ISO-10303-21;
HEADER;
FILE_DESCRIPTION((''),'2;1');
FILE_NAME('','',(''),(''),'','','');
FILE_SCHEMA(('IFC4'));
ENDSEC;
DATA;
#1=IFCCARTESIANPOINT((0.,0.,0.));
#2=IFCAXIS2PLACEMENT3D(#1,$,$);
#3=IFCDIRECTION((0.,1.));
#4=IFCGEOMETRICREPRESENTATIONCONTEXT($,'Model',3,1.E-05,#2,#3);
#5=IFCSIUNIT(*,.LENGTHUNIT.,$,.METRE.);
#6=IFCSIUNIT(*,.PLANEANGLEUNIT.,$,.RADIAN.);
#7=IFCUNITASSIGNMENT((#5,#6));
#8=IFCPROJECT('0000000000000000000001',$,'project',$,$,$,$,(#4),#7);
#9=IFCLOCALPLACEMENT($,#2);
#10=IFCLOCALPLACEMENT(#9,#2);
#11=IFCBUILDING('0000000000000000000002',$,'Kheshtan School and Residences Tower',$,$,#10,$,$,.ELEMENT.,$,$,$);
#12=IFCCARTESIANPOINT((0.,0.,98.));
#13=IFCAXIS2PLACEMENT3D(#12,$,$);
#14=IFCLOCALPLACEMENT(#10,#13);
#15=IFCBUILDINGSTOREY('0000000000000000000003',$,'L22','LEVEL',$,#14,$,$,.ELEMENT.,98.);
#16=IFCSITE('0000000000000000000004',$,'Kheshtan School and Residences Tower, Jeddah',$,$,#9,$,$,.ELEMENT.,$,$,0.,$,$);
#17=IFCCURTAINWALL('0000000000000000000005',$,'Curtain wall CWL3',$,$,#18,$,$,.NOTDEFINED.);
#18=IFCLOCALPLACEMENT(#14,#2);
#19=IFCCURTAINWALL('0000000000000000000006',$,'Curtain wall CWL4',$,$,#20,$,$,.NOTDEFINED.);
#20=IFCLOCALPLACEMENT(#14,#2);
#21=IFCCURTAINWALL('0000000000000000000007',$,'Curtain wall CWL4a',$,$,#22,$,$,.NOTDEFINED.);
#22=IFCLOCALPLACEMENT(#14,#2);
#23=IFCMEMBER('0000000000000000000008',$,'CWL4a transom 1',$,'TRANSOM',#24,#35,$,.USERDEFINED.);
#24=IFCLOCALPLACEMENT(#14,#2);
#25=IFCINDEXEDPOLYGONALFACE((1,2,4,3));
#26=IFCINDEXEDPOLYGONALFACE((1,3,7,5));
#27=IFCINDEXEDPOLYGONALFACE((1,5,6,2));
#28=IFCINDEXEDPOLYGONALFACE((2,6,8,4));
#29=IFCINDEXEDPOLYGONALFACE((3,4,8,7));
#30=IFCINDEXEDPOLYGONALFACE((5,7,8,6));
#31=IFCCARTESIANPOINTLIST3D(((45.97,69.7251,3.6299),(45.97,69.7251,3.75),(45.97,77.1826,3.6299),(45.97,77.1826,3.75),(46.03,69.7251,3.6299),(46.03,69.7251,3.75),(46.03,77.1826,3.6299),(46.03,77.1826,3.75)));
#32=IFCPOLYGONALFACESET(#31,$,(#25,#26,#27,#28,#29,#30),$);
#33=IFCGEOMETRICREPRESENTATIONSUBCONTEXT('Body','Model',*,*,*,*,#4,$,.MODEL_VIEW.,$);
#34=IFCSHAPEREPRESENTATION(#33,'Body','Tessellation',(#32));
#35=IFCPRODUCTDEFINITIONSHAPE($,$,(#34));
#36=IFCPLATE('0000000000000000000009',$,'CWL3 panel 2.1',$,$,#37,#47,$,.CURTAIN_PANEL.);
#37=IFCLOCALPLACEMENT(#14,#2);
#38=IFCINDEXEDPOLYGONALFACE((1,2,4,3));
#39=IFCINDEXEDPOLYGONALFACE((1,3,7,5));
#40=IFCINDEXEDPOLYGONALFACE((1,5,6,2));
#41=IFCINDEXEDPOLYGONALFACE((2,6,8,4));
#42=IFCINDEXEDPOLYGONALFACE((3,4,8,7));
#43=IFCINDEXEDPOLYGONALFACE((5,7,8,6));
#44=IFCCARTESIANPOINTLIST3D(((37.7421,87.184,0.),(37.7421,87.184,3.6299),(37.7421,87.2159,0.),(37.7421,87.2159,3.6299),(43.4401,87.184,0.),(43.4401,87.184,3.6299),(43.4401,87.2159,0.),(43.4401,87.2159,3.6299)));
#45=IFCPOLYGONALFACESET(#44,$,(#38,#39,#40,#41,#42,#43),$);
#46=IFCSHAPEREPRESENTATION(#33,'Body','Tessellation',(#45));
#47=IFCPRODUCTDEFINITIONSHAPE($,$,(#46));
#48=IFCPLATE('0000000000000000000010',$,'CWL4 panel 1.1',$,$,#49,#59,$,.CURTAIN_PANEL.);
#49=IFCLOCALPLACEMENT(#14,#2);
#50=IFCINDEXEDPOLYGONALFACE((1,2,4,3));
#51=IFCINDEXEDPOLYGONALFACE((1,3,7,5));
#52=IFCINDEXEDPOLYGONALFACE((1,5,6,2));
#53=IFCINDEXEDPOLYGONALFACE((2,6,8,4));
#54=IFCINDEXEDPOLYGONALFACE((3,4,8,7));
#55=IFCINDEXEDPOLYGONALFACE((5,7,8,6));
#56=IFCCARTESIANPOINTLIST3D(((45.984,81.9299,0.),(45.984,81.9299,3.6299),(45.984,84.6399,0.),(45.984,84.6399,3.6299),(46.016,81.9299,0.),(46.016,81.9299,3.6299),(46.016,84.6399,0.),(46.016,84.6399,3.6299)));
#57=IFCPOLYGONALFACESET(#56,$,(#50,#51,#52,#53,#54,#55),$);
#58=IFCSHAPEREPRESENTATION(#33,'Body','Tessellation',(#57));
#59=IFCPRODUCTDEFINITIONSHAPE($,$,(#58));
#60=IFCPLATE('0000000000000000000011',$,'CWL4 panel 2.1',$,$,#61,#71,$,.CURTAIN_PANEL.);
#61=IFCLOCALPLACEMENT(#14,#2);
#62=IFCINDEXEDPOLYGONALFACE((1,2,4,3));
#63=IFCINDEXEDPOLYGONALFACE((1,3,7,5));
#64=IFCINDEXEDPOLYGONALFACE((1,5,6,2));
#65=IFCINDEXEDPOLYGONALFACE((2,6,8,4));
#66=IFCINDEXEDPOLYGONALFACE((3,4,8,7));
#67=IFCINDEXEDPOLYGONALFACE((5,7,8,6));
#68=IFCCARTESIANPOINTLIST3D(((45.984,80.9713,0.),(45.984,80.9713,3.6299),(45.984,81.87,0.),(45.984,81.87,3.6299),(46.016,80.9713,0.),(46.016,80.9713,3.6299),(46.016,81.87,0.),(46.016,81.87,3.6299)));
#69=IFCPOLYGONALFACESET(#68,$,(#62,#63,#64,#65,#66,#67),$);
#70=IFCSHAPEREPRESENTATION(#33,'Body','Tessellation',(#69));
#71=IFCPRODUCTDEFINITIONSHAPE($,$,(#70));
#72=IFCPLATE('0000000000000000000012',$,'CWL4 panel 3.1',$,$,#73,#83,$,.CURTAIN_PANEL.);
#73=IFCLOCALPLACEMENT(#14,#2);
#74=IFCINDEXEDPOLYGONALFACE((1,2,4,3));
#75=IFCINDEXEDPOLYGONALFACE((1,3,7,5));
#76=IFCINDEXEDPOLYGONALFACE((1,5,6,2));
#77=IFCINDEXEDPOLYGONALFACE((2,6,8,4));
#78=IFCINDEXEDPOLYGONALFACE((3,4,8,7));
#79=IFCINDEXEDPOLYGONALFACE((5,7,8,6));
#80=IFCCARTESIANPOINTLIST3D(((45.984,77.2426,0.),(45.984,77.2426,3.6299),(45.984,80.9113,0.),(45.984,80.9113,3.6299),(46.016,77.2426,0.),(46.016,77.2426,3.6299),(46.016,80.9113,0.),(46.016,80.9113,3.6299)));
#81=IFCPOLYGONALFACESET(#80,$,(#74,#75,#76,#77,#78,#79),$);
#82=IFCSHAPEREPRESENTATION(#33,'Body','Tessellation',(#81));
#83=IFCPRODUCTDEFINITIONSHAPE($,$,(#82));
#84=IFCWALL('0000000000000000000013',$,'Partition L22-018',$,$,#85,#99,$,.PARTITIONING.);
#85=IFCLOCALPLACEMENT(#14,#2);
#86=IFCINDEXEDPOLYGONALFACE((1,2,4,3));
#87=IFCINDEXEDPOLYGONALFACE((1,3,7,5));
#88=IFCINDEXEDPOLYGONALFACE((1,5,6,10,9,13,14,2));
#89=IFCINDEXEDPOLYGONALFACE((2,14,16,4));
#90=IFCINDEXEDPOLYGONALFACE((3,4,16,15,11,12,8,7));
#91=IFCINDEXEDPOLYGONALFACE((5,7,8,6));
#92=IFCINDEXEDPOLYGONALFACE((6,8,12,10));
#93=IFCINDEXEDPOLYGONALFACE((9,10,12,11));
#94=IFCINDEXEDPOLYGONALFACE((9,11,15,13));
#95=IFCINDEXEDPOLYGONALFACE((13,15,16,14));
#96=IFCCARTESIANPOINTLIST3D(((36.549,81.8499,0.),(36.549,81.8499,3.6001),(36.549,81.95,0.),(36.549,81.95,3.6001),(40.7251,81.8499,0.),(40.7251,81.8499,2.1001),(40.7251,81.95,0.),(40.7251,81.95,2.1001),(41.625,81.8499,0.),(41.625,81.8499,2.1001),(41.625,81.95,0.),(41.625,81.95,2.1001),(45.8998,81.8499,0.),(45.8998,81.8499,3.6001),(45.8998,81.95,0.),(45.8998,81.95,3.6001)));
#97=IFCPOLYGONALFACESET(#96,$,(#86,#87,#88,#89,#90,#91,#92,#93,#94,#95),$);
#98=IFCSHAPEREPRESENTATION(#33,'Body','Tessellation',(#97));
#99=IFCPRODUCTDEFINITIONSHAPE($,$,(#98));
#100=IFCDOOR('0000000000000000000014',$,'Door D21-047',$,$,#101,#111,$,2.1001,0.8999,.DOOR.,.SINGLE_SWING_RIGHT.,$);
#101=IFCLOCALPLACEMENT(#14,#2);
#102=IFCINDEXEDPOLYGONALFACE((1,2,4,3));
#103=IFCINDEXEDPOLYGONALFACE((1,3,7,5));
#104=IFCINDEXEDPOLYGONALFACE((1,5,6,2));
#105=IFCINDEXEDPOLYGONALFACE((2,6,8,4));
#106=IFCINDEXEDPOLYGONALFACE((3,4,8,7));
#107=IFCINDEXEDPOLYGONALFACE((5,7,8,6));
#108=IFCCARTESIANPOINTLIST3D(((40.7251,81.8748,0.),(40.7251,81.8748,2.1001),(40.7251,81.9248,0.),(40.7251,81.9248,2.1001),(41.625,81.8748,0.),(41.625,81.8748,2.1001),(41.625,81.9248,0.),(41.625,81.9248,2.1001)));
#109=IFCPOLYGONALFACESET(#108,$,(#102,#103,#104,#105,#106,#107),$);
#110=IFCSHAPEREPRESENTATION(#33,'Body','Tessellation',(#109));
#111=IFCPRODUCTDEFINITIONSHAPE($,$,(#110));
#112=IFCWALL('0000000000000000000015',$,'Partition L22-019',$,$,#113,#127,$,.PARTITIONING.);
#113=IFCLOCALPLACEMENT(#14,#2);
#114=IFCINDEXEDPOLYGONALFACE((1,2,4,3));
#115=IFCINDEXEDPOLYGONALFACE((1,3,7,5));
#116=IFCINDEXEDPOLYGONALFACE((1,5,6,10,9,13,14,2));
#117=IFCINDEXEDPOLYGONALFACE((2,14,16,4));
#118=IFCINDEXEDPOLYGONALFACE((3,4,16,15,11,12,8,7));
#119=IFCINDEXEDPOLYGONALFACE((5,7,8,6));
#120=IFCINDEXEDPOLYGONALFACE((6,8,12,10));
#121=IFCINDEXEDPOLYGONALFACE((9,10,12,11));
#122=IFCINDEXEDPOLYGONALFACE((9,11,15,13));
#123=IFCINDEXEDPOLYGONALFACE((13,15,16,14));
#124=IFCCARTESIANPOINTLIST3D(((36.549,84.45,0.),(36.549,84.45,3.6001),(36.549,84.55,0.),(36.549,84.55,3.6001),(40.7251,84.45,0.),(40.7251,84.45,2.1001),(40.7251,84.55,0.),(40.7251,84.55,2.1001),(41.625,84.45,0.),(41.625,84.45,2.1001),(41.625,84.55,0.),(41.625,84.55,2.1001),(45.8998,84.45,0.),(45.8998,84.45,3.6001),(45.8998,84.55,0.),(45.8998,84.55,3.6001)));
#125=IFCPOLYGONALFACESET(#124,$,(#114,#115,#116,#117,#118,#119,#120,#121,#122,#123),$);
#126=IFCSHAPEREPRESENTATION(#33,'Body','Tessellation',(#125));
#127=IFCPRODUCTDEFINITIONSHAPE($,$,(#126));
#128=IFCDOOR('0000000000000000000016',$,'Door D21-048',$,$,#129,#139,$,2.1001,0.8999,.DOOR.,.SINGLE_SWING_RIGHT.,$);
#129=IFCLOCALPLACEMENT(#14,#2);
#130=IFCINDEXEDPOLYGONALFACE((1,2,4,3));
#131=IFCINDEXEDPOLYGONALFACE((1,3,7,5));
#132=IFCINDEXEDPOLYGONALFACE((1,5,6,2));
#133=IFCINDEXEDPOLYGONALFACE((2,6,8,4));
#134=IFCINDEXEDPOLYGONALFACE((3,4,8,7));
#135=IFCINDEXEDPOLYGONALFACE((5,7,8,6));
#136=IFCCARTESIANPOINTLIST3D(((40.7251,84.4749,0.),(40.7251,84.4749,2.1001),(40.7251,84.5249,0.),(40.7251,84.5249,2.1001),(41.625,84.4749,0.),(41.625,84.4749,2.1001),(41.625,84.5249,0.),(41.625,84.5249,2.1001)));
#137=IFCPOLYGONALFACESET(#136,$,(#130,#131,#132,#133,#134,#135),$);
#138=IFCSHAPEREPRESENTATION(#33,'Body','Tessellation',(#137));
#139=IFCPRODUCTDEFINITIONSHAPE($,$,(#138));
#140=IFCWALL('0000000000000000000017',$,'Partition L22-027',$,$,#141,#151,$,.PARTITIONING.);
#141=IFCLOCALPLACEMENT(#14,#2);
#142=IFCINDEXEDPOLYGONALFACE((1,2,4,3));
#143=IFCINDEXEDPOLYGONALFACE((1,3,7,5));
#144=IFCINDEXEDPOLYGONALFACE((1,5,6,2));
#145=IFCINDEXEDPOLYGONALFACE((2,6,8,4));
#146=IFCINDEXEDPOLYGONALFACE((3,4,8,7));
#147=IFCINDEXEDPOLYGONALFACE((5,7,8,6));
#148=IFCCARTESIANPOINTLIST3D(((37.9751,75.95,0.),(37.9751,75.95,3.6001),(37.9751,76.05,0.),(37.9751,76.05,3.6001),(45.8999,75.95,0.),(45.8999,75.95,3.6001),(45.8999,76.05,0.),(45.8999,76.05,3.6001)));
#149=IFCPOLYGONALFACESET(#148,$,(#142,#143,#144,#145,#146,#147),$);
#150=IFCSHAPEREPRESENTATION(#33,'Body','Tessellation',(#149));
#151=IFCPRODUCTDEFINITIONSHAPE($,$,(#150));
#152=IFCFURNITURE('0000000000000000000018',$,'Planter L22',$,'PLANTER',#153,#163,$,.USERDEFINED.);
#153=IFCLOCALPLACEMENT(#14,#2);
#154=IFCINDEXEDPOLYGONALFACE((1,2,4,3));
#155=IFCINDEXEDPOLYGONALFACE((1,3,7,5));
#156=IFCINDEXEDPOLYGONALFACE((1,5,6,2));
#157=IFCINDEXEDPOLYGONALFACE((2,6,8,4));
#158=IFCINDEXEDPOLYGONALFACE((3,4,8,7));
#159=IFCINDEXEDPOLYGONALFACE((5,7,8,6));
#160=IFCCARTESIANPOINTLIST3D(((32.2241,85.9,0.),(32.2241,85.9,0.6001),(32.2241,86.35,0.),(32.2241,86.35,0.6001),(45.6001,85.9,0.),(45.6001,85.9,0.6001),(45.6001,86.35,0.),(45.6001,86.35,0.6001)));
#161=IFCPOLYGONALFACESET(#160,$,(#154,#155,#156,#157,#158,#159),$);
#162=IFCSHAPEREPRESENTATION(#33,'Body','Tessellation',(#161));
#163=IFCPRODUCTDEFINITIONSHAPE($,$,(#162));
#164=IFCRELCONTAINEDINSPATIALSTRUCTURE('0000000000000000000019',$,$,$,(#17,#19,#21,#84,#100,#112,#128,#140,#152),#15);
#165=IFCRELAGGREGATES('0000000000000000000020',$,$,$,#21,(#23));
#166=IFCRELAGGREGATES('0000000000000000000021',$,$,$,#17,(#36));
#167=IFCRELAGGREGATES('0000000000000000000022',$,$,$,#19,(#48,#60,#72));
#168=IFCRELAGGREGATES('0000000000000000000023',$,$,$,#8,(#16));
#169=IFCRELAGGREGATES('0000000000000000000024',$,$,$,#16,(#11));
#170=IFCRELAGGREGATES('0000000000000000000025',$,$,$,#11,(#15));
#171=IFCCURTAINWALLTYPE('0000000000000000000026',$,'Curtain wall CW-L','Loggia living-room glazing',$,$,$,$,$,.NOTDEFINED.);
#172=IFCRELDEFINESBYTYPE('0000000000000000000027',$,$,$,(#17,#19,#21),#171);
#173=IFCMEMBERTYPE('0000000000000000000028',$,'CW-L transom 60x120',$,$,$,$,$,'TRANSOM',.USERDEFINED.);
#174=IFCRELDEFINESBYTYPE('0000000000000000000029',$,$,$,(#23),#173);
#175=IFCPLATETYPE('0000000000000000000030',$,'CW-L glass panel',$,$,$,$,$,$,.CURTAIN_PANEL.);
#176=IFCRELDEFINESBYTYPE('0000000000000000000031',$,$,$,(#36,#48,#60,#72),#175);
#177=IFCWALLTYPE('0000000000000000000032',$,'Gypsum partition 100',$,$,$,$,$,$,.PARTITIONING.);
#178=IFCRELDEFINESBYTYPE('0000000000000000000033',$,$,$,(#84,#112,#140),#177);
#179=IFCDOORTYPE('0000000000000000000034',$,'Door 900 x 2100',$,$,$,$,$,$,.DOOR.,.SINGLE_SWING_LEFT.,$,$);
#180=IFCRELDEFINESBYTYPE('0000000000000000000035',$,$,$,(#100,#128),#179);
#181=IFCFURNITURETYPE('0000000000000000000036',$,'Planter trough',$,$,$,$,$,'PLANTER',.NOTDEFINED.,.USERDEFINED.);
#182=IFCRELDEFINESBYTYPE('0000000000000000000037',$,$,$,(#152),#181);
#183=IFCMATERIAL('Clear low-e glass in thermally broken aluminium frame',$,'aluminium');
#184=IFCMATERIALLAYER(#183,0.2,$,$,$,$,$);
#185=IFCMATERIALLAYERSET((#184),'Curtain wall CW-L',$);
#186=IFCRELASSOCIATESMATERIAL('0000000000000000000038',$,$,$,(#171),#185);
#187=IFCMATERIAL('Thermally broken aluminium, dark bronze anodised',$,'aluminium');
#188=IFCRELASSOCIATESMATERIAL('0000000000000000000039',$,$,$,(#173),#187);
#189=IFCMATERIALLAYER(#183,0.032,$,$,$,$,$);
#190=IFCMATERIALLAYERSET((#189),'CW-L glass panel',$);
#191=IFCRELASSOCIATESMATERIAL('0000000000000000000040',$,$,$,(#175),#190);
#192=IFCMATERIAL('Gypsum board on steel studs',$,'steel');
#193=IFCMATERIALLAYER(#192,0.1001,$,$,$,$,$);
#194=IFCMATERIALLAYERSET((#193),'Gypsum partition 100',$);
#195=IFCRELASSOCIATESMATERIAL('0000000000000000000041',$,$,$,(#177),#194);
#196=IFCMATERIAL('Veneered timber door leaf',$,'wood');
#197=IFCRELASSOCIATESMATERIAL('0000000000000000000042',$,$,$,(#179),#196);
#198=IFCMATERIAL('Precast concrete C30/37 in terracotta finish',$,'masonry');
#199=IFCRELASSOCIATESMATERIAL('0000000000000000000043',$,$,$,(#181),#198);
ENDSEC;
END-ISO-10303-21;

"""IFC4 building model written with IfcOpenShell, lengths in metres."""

from ifc_helpers import new_model, si_unit, direction, frame, frame_2d, origin, origin_2d, place, context, subcontext, project, spatial, rectangle, extrude, source, transform, mapped, material, layer, layer_set, material_profile, profile_set, type_object, element, fill, aggregate, save


model = new_model("IFC4")

# Units and contexts
model_context = context("Model", 3, precision=1e-05, world=origin(), true_north=direction((0.0, 1.0)))
body_context = subcontext(model_context, "Body", "Model", "MODEL_VIEW")
ifc_project = project(units=[si_unit("LENGTHUNIT", "METRE"), si_unit("PLANEANGLEUNIT", "RADIAN")], contexts=[model_context])

# Site, building, storey
site_placement = place(None, origin())
site = spatial("IfcSite", under=ifc_project, at=site_placement, Name="Kheshtan School and Residences Tower, Jeddah", CompositionType="ELEMENT", RefElevation=0.0)
building_placement = place(site_placement, origin())
building = spatial("IfcBuilding", under=site, at=building_placement, Name="Kheshtan School and Residences Tower", CompositionType="ELEMENT")
storey_placement = place(building_placement, frame((0.0, 0.0, 98.0)))
storey = spatial("IfcBuildingStorey", under=building, at=storey_placement, Name="L22", Description="LEVEL", CompositionType="ELEMENT", Elevation=98.0)

# Curtain walls
ifc_material_1 = material(Name="Clear low-e glass in thermally broken aluminium frame", Category="aluminium")
ifc_layer_1 = layer(ifc_material_1, 0.2)
ifc_layer_set_1 = layer_set([ifc_layer_1], Name="Curtain wall CW-L")
curtain_wall_type = type_object("IfcCurtainWallType", Name="Curtain wall CW-L", Description="Loggia living-room glazing", PredefinedType="NOTDEFINED", material=ifc_layer_set_1)
curtain_wall_1_placement = place(storey_placement, origin())
curtain_wall_1 = element("IfcCurtainWall", 1, at=curtain_wall_1_placement, inside=storey, type_object=curtain_wall_type, Name="Curtain wall CWL3", PredefinedType="NOTDEFINED")
ifc_material_2 = material(Name="Thermally broken aluminium, dark bronze anodised", Category="aluminium")
curtain_wall_2_placement = place(storey_placement, origin())
curtain_wall_2 = element("IfcCurtainWall", 2, at=curtain_wall_2_placement, inside=storey, type_object=curtain_wall_type, Name="Curtain wall CWL4", PredefinedType="NOTDEFINED")
ifc_material_profile_1 = material_profile(ifc_material_2, rectangle(XDim=0.0601, YDim=0.1201, at=origin_2d()), Name="CW-L transom 60x120")
ifc_profile_set_1 = profile_set([ifc_material_profile_1], Name="Thermally broken aluminium, dark bronze anodised")
member_type_1 = type_object("IfcMemberType", Name="CW-L transom 60x120", ElementType="TRANSOM", PredefinedType="USERDEFINED", material=ifc_profile_set_1)

# Curtain wall, member
curtain_wall_3_placement = place(storey_placement, origin())
curtain_wall_3 = element("IfcCurtainWall", 3, at=curtain_wall_3_placement, inside=storey, type_object=curtain_wall_type, Name="Curtain wall CWL4a", PredefinedType="NOTDEFINED")
member_1_placement = place(storey_placement, frame((46.0, 77.1826, 3.6899), z_axis=(0.0, -1.0, 0.0), x_axis=(1.0, 0.0, 0.0)))
member_1 = element("IfcMember", 4, at=member_1_placement, type_object=member_type_1, Name="CWL4a transom 1", ObjectType="TRANSOM", PredefinedType="USERDEFINED", context=body_context, shape_type="SweptSolid", body=[
    extrude(rectangle(XDim=0.0601, YDim=0.1201, at=origin_2d()), origin(), (0.0, 0.0, 1.0), 7.4575),
])
aggregate(curtain_wall_3, [member_1])

# Plates
ifc_layer_2 = layer(ifc_material_1, 0.032)
ifc_layer_set_2 = layer_set([ifc_layer_2], Name="CW-L glass panel")
plate_type = type_object("IfcPlateType", Name="CW-L glass panel", PredefinedType="CURTAIN_PANEL", material=ifc_layer_set_2)
plate_1_placement = place(storey_placement, frame((40.5911, 87.2, 0.0), z_axis=(0.0, 0.0, 1.0), x_axis=(1.0, 0.0, 0.0)))
plate_1 = element("IfcPlate", 5, at=plate_1_placement, type_object=plate_type, Name="CWL3 panel 2.1", PredefinedType="CURTAIN_PANEL", context=body_context, shape_type="SweptSolid", body=[
    extrude(rectangle(XDim=5.698, YDim=0.032, at=origin_2d()), origin(), (0.0, 0.0, 1.0), 3.6299),
])
aggregate(curtain_wall_1, [plate_1])
plate_2_placement = place(storey_placement, frame((46.0, 83.2849, 0.0), z_axis=(0.0, 0.0, 1.0), x_axis=(0.0, -1.0, 0.0)))
plate_2 = element("IfcPlate", 6, at=plate_2_placement, type_object=plate_type, Name="CWL4 panel 1.1", PredefinedType="CURTAIN_PANEL", context=body_context, shape_type="SweptSolid", body=[
    extrude(rectangle(XDim=2.71, YDim=0.032, at=origin_2d()), origin(), (0.0, 0.0, 1.0), 3.6299),
])
plate_3_placement = place(storey_placement, frame((46.0, 81.4207, 0.0), z_axis=(0.0, 0.0, 1.0), x_axis=(0.0, -1.0, 0.0)))
plate_3 = element("IfcPlate", 7, at=plate_3_placement, type_object=plate_type, Name="CWL4 panel 2.1", PredefinedType="CURTAIN_PANEL", context=body_context, shape_type="SweptSolid", body=[
    extrude(rectangle(XDim=0.8987, YDim=0.032, at=origin_2d()), origin(), (0.0, 0.0, 1.0), 3.6299),
])
plate_4_placement = place(storey_placement, frame((46.0, 79.0769, 0.0), z_axis=(0.0, 0.0, 1.0), x_axis=(0.0, -1.0, 0.0)))
plate_4 = element("IfcPlate", 8, at=plate_4_placement, type_object=plate_type, Name="CWL4 panel 3.1", PredefinedType="CURTAIN_PANEL", context=body_context, shape_type="SweptSolid", body=[
    extrude(rectangle(XDim=3.6687, YDim=0.032, at=origin_2d()), origin(), (0.0, 0.0, 1.0), 3.6299),
])
aggregate(curtain_wall_2, [plate_2, plate_3, plate_4])

# Walls, openings, doors
ifc_material_3 = material(Name="Gypsum board on steel studs", Category="steel")
ifc_layer_3 = layer(ifc_material_3, 0.1001)
ifc_layer_set_3 = layer_set([ifc_layer_3], Name="Gypsum partition 100")
wall_type_1 = type_object("IfcWallType", Name="Gypsum partition 100", PredefinedType="PARTITIONING", material=ifc_layer_set_3)
wall_1_placement = place(storey_placement, frame((36.5491, 81.8999, 0.0), z_axis=(0.0, 0.0, 1.0), x_axis=(1.0, 0.0, 0.0)))
wall_1 = element("IfcWall", 9, at=wall_1_placement, inside=storey, type_object=wall_type_1, Name="Partition L22-018", PredefinedType="PARTITIONING", context=body_context, shape_type="SweptSolid", body=[
    extrude(rectangle(XDim=9.3508, YDim=0.1001, at=frame_2d((4.6753, 0.0))), origin(), (0.0, 0.0, 1.0), 3.6001),
])
opening_1_placement = place(wall_1_placement, frame((4.176, 0.0, 0.0)))
opening_1 = element("IfcOpeningElement", 10, at=opening_1_placement, cuts=wall_1, PredefinedType="OPENING", context=body_context, shape_type="SweptSolid", body=[
    extrude(rectangle(XDim=0.8999, YDim=2.1001, at=frame_2d((0.45, 1.05))), frame((0.0, 0.0601, 0.0), z_axis=(0.0, -1.0, 0.0), x_axis=(1.0, 0.0, 0.0)), (0.0, 0.0, 1.0), 0.1201),
])
ifc_material_4 = material(Name="Veneered timber door leaf", Category="wood")
door_type_1 = type_object("IfcDoorType", Name="Door 900 x 2100", OperationType="SINGLE_SWING_LEFT", PredefinedType="DOOR", material=ifc_material_4)
shared_shape_1 = source(origin(), body_context, "Body", "SweptSolid", [
    extrude(rectangle(XDim=0.8999, YDim=2.1001, at=frame_2d((0.45, 1.05))), frame((0.0, 0.0249, 0.0), z_axis=(0.0, -1.0, 0.0), x_axis=(1.0, 0.0, 0.0)), (0.0, 0.0, 1.0), 0.05),
])
door_1_placement = place(opening_1_placement, origin())
door_1 = element("IfcDoor", 11, at=door_1_placement, inside=storey, type_object=door_type_1, Name="Door D21-047", OperationType="SINGLE_SWING_RIGHT", OverallHeight=2.1001, OverallWidth=0.8999, PredefinedType="DOOR", context=body_context, shape_type="MappedRepresentation", body=[
    mapped(shared_shape_1, transform((0.0, 0.0, 0.0), x_axis=(1.0, 0.0, 0.0), y_axis=(0.0, 1.0, 0.0), z_axis=(0.0, 0.0, 1.0), scale=1.0)),
])
fill(opening_1, door_1)
wall_2_placement = place(storey_placement, frame((36.5491, 84.5, 0.0), z_axis=(0.0, 0.0, 1.0), x_axis=(1.0, 0.0, 0.0)))
wall_2 = element("IfcWall", 12, at=wall_2_placement, inside=storey, type_object=wall_type_1, Name="Partition L22-019", PredefinedType="PARTITIONING", context=body_context, shape_type="SweptSolid", body=[
    extrude(rectangle(XDim=9.3508, YDim=0.1001, at=frame_2d((4.6753, 0.0))), origin(), (0.0, 0.0, 1.0), 3.6001),
])
opening_2_placement = place(wall_2_placement, frame((4.176, 0.0, 0.0)))
opening_2 = element("IfcOpeningElement", 13, at=opening_2_placement, cuts=wall_2, PredefinedType="OPENING", context=body_context, shape_type="SweptSolid", body=[
    extrude(rectangle(XDim=0.8999, YDim=2.1001, at=frame_2d((0.45, 1.05))), frame((0.0, 0.0601, 0.0), z_axis=(0.0, -1.0, 0.0), x_axis=(1.0, 0.0, 0.0)), (0.0, 0.0, 1.0), 0.1201),
])
door_2_placement = place(opening_2_placement, origin())
door_2 = element("IfcDoor", 14, at=door_2_placement, inside=storey, type_object=door_type_1, Name="Door D21-048", OperationType="SINGLE_SWING_RIGHT", OverallHeight=2.1001, OverallWidth=0.8999, PredefinedType="DOOR", context=body_context, shape_type="MappedRepresentation", body=[
    mapped(shared_shape_1, transform((0.0, 0.0, 0.0), x_axis=(1.0, 0.0, 0.0), y_axis=(0.0, 1.0, 0.0), z_axis=(0.0, 0.0, 1.0), scale=1.0)),
])
fill(opening_2, door_2)

# Wall
wall_3_placement = place(storey_placement, frame((37.9751, 76.0, 0.0), z_axis=(0.0, 0.0, 1.0), x_axis=(1.0, 0.0, 0.0)))
element("IfcWall", 15, at=wall_3_placement, inside=storey, type_object=wall_type_1, Name="Partition L22-027", PredefinedType="PARTITIONING", context=body_context, shape_type="SweptSolid", body=[
    extrude(rectangle(XDim=7.9248, YDim=0.1001, at=frame_2d((3.9624, 0.0))), origin(), (0.0, 0.0, 1.0), 3.6001),
])

# Furniture
ifc_material_5 = material(Name="Precast concrete C30/37 in terracotta finish", Category="masonry")
furniture_type = type_object("IfcFurnitureType", Name="Planter trough", ElementType="PLANTER", AssemblyPlace="NOTDEFINED", PredefinedType="USERDEFINED", material=ifc_material_5)
furniture_placement = place(storey_placement, frame((38.9121, 86.125, 0.0), z_axis=(0.0, 0.0, 1.0), x_axis=(1.0, 0.0, 0.0)))
element("IfcFurniture", 16, at=furniture_placement, inside=storey, type_object=furniture_type, Name="Planter L22", ObjectType="PLANTER", PredefinedType="USERDEFINED", context=body_context, shape_type="SweptSolid", body=[
    extrude(rectangle(XDim=13.376, YDim=0.45, at=origin_2d()), origin(), (0.0, 0.0, 1.0), 0.6001),
])

save(model, "model.ifc")
